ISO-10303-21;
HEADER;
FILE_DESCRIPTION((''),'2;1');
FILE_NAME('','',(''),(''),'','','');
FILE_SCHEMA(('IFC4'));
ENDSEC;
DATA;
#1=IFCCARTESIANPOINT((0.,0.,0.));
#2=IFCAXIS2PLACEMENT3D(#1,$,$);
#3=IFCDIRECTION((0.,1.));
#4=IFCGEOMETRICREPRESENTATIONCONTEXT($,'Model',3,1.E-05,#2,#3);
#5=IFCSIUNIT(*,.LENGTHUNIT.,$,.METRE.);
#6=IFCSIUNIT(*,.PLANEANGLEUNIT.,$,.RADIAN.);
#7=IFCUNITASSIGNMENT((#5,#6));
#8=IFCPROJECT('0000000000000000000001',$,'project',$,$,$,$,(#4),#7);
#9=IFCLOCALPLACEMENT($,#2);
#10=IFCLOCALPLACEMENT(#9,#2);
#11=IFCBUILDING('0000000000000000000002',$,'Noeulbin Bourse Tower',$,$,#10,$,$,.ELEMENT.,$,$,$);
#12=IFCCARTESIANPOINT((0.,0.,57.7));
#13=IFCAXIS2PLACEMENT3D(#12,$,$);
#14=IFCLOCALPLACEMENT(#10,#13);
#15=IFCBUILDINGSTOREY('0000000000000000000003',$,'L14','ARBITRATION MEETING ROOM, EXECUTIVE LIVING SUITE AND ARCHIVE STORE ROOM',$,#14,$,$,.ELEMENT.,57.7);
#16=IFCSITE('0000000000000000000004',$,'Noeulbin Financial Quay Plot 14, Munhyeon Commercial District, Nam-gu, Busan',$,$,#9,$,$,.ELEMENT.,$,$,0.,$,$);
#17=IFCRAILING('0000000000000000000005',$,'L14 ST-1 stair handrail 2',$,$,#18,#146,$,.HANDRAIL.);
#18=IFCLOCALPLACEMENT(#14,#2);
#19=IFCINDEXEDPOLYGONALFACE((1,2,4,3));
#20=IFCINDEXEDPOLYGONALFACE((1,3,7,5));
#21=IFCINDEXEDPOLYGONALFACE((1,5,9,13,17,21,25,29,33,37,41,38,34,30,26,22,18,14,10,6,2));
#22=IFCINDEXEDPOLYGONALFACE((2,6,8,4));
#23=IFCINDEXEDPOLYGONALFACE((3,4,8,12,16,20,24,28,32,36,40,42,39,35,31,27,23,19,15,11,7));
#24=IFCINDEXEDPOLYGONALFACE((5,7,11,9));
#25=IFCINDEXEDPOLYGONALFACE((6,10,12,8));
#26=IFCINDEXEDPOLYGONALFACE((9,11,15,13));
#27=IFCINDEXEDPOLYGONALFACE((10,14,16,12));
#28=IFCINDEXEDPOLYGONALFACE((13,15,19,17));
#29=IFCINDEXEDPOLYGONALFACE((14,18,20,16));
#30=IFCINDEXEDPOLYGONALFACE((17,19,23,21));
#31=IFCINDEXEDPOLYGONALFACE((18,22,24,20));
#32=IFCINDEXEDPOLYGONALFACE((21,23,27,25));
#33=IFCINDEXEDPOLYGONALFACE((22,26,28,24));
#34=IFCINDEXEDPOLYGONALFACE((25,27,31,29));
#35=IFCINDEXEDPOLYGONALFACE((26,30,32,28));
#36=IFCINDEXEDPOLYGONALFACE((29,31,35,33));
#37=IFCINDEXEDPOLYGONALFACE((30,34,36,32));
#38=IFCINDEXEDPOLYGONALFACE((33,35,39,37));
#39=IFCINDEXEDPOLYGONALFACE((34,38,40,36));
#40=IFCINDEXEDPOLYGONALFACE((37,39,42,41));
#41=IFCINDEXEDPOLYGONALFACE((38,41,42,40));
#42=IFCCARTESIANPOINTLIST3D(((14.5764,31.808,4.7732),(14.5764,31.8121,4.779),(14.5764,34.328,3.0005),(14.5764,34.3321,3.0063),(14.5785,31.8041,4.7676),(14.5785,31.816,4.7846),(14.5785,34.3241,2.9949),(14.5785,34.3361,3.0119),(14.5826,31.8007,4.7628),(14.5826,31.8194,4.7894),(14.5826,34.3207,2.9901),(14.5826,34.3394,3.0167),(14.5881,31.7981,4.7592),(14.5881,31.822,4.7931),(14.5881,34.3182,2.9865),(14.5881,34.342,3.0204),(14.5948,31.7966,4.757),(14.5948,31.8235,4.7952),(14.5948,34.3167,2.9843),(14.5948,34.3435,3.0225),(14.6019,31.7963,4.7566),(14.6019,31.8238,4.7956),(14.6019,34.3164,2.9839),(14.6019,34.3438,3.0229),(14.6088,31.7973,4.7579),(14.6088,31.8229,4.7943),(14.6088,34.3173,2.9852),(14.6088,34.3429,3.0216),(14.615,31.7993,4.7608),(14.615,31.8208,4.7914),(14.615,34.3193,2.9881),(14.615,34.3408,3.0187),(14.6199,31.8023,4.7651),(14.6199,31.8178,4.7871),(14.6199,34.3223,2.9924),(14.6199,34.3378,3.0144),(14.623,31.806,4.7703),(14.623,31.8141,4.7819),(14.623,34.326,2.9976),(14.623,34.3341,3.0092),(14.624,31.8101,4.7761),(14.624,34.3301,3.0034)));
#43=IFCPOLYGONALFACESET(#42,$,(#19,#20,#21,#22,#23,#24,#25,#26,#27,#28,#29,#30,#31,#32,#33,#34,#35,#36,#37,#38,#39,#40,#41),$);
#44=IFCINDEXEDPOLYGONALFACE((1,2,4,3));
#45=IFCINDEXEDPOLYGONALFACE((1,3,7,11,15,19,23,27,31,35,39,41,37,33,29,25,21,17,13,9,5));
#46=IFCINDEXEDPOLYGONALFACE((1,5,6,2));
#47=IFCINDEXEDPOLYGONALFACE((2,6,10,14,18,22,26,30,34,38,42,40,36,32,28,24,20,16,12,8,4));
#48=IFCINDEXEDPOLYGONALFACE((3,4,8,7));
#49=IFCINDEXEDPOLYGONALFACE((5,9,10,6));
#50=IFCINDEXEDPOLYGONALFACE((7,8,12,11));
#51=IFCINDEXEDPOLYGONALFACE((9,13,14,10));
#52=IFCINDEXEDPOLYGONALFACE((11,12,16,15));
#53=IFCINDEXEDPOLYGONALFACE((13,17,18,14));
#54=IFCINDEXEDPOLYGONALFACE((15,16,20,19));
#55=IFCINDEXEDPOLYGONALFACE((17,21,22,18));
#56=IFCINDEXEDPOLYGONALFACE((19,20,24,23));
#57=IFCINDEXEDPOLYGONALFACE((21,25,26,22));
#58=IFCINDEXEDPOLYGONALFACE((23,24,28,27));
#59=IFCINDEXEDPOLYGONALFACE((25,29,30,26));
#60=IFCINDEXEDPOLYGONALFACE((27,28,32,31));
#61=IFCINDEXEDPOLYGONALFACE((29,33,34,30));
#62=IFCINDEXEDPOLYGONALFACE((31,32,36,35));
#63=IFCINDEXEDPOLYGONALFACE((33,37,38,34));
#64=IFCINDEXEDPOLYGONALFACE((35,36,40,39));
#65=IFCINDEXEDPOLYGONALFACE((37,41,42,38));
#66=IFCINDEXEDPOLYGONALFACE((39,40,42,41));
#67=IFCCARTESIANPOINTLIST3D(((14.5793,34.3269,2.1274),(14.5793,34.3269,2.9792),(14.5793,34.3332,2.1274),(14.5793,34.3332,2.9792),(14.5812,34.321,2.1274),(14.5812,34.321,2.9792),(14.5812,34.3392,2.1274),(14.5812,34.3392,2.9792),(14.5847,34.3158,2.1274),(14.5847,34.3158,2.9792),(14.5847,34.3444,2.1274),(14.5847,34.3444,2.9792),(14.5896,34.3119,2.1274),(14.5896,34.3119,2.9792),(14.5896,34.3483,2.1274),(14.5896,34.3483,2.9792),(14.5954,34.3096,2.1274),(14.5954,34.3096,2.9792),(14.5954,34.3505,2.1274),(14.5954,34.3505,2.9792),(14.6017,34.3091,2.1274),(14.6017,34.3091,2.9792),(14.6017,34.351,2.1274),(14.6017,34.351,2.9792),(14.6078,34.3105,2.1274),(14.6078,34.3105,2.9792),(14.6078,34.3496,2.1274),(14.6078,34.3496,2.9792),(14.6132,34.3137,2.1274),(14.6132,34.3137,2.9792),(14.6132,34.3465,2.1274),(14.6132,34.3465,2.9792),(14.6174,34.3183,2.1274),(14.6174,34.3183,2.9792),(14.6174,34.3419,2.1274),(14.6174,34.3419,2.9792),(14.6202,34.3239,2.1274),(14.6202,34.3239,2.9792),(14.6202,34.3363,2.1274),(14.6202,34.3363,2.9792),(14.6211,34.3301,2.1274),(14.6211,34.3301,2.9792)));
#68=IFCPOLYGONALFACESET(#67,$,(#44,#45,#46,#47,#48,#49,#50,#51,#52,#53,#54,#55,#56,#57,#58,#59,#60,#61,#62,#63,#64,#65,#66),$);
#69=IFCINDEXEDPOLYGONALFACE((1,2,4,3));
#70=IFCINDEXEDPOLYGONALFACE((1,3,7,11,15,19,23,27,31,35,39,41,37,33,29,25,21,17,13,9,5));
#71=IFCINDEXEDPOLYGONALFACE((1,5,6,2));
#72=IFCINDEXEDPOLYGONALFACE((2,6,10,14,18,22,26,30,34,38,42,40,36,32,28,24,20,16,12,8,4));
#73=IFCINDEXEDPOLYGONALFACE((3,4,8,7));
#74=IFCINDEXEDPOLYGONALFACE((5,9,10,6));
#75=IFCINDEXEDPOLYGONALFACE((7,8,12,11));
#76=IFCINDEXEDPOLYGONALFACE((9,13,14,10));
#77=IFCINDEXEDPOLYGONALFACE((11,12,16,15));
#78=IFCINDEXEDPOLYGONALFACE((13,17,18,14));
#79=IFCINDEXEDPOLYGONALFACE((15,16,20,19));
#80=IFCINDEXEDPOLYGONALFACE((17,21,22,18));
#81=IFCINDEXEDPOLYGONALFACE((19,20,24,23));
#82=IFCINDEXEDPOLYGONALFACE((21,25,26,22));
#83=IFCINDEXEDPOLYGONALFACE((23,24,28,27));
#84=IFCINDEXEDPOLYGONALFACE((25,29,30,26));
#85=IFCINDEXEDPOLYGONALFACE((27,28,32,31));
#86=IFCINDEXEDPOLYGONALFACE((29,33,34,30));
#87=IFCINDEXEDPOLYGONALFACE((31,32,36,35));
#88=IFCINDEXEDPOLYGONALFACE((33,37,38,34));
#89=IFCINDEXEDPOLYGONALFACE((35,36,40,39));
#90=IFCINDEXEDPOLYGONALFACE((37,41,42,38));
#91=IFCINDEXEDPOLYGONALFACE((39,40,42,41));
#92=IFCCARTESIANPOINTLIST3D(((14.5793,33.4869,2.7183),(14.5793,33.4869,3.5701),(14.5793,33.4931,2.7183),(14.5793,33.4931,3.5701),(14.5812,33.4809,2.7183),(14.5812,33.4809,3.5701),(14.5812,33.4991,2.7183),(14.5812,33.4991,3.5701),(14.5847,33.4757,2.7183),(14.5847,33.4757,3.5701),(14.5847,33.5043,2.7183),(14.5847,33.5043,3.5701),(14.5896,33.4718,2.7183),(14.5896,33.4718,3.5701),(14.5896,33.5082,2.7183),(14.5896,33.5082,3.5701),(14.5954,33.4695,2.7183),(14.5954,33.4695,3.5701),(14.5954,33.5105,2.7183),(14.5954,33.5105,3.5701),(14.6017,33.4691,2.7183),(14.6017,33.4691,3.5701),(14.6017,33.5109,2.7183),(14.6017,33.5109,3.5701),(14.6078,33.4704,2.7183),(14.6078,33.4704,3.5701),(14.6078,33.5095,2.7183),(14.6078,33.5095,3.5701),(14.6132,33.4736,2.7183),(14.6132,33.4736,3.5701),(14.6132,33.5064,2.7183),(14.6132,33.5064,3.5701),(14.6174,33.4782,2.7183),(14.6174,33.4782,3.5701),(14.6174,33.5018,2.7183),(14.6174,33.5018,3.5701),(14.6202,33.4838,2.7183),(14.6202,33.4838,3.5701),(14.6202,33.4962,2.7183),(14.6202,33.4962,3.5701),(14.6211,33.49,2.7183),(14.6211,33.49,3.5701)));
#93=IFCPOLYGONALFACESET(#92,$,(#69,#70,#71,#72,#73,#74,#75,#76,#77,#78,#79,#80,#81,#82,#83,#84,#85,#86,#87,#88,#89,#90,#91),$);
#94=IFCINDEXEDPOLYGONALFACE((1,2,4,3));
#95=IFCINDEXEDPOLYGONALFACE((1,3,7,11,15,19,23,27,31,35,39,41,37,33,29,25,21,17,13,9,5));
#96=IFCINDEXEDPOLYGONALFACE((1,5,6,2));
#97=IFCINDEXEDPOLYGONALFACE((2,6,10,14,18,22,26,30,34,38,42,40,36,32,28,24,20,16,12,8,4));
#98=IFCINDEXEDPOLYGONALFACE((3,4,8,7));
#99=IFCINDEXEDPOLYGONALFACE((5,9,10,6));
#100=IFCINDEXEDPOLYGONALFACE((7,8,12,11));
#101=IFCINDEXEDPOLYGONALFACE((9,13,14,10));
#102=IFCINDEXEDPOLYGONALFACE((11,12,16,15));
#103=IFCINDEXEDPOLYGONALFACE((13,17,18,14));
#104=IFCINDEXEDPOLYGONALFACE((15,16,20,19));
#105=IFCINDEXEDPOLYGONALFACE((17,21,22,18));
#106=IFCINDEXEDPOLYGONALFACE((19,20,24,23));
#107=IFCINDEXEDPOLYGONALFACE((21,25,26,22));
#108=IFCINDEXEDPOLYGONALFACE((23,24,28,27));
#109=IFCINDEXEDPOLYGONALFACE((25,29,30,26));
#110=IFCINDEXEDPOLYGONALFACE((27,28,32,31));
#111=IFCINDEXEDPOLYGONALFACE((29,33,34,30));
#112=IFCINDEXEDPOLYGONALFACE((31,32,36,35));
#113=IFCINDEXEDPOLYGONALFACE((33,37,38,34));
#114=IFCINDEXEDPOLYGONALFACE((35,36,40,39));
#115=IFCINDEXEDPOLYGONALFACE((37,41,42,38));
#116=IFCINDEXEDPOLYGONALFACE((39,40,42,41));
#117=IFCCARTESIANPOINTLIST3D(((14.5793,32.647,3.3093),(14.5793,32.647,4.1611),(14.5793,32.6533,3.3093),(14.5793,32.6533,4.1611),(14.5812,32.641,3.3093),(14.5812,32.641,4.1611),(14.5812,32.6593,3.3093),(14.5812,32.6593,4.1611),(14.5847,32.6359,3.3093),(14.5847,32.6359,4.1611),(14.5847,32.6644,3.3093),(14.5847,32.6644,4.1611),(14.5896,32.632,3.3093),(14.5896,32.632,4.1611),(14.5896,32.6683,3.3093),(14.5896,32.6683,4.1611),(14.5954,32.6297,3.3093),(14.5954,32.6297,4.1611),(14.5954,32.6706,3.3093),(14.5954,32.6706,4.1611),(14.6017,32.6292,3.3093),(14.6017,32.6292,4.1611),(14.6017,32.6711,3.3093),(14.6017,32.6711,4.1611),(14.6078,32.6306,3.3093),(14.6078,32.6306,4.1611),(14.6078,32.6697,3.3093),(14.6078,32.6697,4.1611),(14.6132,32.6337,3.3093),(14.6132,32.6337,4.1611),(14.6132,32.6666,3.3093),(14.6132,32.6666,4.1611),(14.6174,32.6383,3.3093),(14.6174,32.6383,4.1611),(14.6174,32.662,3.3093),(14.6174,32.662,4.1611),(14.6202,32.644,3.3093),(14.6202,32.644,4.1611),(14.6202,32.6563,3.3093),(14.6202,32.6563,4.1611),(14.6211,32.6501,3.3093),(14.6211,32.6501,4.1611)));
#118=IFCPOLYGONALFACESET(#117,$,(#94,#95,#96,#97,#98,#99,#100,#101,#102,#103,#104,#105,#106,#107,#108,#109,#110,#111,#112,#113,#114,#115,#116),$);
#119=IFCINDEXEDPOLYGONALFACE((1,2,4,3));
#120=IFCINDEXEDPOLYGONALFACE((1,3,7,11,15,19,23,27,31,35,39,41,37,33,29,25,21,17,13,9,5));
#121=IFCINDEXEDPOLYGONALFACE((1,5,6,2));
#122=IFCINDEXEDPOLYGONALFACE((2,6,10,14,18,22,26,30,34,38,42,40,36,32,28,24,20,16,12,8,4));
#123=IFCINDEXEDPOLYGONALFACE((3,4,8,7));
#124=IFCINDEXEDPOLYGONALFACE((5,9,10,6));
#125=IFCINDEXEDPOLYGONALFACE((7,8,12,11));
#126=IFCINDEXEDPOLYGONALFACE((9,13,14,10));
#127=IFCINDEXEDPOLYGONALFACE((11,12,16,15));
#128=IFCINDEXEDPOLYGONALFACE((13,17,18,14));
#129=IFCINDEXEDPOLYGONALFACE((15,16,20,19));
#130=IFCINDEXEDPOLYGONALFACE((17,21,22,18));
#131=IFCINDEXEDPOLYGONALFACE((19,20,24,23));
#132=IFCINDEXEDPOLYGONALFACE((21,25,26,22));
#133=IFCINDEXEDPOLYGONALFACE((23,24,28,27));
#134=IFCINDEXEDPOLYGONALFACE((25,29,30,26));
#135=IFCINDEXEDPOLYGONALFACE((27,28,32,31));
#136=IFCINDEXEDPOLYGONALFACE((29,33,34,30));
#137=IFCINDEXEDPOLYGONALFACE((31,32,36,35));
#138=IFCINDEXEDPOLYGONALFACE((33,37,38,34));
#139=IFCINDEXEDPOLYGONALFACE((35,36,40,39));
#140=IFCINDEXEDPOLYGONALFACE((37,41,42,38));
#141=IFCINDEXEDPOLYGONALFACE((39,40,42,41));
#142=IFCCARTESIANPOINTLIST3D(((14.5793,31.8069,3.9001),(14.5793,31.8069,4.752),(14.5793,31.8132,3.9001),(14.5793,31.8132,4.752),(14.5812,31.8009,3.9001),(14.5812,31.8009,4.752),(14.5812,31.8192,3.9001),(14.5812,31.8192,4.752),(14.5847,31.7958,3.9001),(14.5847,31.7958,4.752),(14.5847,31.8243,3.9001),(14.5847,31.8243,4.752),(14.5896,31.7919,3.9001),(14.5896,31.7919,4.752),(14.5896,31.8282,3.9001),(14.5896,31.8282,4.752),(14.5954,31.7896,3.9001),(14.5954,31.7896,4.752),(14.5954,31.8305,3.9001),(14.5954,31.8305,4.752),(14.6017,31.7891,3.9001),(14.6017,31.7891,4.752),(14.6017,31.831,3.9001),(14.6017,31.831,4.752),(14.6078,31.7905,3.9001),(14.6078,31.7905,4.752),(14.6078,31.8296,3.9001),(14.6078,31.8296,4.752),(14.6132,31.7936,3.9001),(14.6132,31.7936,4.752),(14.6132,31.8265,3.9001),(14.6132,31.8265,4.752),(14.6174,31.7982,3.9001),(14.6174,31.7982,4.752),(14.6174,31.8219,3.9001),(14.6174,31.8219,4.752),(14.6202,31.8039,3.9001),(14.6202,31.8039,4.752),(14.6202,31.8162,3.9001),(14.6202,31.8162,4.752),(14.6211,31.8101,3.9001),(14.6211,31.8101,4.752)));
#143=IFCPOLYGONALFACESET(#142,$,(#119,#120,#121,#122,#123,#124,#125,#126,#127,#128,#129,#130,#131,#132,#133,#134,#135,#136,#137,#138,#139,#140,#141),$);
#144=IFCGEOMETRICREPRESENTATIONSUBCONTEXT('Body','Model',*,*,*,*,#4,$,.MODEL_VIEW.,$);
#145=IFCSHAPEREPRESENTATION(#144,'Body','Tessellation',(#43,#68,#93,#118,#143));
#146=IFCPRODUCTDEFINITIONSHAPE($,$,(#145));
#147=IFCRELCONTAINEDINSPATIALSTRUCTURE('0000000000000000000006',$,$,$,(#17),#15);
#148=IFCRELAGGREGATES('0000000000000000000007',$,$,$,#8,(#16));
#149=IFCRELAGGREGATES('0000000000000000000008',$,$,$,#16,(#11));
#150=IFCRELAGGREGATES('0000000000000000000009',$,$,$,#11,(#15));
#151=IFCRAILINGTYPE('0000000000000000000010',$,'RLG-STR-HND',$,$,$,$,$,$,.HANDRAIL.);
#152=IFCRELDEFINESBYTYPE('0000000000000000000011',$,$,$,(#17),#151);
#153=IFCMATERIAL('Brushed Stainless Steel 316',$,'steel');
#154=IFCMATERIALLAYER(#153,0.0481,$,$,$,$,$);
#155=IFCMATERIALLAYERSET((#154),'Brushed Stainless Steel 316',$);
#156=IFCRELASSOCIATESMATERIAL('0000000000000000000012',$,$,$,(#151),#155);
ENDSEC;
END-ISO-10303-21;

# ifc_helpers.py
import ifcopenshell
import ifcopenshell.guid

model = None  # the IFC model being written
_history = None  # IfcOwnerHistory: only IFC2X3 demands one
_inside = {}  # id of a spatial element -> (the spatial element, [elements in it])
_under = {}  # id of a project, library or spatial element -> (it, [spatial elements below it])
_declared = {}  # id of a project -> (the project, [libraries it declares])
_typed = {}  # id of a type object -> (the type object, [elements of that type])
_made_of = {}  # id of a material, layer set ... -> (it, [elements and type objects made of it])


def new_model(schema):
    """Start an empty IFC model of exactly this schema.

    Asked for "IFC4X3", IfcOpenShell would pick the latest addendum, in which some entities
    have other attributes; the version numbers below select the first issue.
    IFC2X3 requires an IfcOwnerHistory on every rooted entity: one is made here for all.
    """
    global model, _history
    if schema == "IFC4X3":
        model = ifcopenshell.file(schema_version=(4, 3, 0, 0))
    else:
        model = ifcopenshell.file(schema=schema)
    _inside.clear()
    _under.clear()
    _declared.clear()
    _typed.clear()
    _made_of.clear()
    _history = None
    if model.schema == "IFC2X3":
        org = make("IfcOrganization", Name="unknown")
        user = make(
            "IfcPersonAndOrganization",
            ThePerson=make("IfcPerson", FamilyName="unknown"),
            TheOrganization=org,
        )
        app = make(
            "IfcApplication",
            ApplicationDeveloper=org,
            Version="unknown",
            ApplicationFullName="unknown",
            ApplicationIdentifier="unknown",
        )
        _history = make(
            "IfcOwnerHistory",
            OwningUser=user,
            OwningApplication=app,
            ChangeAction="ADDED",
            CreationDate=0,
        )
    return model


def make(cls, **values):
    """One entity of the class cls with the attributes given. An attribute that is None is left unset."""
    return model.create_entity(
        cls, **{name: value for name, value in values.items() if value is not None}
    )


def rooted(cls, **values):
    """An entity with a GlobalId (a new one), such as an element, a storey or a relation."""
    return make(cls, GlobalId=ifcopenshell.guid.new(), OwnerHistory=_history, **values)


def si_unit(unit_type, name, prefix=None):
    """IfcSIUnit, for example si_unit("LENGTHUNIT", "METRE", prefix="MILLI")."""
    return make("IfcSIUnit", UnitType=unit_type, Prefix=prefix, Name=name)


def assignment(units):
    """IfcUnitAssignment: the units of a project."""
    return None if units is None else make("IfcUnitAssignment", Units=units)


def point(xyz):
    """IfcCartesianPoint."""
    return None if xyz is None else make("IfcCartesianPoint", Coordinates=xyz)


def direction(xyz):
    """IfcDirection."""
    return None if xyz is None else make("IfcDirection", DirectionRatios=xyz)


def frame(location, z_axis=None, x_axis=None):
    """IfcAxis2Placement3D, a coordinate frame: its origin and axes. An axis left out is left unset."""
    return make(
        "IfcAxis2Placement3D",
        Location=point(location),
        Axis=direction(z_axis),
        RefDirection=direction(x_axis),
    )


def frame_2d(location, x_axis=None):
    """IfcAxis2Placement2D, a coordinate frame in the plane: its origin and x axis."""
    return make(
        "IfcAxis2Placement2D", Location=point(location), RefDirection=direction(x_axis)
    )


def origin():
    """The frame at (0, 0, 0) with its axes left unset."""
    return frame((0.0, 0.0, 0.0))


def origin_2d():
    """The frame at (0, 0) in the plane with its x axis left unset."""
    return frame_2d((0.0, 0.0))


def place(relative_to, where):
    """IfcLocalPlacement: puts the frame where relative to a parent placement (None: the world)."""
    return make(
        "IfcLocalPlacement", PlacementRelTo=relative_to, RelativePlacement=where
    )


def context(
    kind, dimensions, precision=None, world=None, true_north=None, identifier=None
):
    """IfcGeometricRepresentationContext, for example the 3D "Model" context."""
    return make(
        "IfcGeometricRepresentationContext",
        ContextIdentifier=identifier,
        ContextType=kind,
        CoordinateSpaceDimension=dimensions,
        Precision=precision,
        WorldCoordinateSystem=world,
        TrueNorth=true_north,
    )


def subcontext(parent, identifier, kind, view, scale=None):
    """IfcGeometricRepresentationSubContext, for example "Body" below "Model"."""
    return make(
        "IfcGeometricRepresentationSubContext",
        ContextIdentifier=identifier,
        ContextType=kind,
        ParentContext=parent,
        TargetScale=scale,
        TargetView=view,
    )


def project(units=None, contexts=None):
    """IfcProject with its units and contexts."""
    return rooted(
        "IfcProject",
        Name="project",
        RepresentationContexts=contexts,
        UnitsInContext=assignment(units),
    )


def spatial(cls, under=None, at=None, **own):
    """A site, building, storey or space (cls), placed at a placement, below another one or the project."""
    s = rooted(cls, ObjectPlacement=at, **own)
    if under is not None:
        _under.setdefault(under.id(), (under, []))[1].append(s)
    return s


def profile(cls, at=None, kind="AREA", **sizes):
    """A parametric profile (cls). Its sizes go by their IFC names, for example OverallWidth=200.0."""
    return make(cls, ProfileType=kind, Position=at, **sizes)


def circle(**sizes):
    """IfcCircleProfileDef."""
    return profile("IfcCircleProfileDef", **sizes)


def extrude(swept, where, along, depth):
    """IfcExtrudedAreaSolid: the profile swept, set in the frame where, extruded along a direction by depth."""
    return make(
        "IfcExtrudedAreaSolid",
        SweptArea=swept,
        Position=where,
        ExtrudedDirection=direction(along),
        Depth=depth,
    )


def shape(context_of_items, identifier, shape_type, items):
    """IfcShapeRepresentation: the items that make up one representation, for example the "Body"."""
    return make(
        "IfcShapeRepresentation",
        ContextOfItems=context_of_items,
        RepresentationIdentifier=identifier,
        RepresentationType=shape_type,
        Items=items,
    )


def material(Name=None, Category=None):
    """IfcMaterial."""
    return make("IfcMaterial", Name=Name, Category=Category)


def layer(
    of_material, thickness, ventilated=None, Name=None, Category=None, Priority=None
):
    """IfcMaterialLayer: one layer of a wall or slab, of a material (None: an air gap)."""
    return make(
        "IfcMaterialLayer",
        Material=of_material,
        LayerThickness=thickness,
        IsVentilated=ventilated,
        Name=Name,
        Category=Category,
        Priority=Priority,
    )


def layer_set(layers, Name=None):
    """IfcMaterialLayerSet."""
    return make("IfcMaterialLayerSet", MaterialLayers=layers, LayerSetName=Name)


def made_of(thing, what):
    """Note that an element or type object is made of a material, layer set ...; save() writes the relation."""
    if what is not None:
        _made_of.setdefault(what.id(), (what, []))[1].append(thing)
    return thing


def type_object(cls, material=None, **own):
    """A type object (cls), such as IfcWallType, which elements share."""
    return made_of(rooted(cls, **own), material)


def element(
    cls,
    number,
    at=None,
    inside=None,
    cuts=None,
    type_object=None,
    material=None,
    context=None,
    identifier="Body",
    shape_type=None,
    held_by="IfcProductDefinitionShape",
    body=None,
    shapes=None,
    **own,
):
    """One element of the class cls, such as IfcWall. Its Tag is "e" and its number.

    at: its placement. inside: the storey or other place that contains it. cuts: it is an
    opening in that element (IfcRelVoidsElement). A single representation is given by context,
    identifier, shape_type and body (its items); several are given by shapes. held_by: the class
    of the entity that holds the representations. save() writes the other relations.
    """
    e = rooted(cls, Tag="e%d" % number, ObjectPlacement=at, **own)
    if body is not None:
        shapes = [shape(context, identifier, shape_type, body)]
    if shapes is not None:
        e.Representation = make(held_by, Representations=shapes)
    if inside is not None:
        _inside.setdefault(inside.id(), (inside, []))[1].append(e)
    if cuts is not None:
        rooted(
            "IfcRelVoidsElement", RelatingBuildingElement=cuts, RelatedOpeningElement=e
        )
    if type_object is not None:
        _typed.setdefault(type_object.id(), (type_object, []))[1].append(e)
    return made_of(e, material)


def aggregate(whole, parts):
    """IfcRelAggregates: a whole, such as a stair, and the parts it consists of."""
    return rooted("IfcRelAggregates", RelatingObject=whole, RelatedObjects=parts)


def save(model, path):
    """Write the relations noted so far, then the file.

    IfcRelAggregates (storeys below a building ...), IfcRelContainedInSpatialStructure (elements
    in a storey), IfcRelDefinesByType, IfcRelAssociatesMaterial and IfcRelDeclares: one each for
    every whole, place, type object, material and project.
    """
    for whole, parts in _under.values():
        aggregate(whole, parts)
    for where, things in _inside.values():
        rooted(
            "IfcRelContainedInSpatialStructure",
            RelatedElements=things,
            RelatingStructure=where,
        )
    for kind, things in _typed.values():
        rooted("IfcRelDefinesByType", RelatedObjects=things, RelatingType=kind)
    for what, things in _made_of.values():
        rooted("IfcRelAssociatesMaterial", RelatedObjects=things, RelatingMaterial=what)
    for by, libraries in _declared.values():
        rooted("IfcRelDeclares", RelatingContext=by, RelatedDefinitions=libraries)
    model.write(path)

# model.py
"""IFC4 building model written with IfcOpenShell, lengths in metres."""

from ifc_helpers import new_model, si_unit, direction, frame, origin, origin_2d, place, context, subcontext, project, spatial, circle, extrude, material, layer, layer_set, type_object, element, save


model = new_model("IFC4")

# Units and contexts
model_context = context("Model", 3, precision=1e-05, world=origin(), true_north=direction((0.0, 1.0)))
body_context = subcontext(model_context, "Body", "Model", "MODEL_VIEW")
ifc_project = project(units=[si_unit("LENGTHUNIT", "METRE"), si_unit("PLANEANGLEUNIT", "RADIAN")], contexts=[model_context])

# Site, building, storey
site_placement = place(None, origin())
site = spatial("IfcSite", under=ifc_project, at=site_placement, Name="Noeulbin Financial Quay Plot 14, Munhyeon Commercial District, Nam-gu, Busan", CompositionType="ELEMENT", RefElevation=0.0)
building_placement = place(site_placement, origin())
building = spatial("IfcBuilding", under=site, at=building_placement, Name="Noeulbin Bourse Tower", CompositionType="ELEMENT")
storey_placement = place(building_placement, frame((0.0, 0.0, 57.7)))
storey = spatial("IfcBuildingStorey", under=building, at=storey_placement, Name="L14", Description="ARBITRATION MEETING ROOM, EXECUTIVE LIVING SUITE AND ARCHIVE STORE ROOM", CompositionType="ELEMENT", Elevation=57.7)

# Shared definitions
ifc_material_1 = material(Name="Brushed Stainless Steel 316", Category="steel")

# Railing
ifc_layer_1 = layer(ifc_material_1, 0.0481)
ifc_layer_set_1 = layer_set([ifc_layer_1], Name="Brushed Stainless Steel 316")
railing_type_1 = type_object("IfcRailingType", Name="RLG-STR-HND", PredefinedType="HANDRAIL", material=ifc_layer_set_1)
railing_1_placement = place(storey_placement, frame((14.6001, 34.3301, 2.1274)))
element("IfcRailing", 1, at=railing_1_placement, inside=storey, type_object=railing_type_1, Name="L14 ST-1 stair handrail 2", PredefinedType="HANDRAIL", context=body_context, shape_type="SweptSolid", body=[
    extrude(circle(Radius=0.0239, at=origin_2d()), frame((0.0, 0.0, 0.876), z_axis=(0.0, -0.817904, 0.575354), x_axis=(1.0, 0.0, 0.0)), (0.0, 0.0, 1.0), 3.0811),
    extrude(circle(Radius=0.021, at=origin_2d()), origin(), (0.0, 0.0, 1.0), 0.8518),
    extrude(circle(Radius=0.021, at=origin_2d()), frame((0.0, -0.8401, 0.5908)), (0.0, 0.0, 1.0), 0.8518),
    extrude(circle(Radius=0.021, at=origin_2d()), frame((0.0, -1.6799, 1.1819)), (0.0, 0.0, 1.0), 0.8518),
    extrude(circle(Radius=0.021, at=origin_2d()), frame((0.0, -2.52, 1.7727)), (0.0, 0.0, 1.0), 0.8518),
])

save(model, "model.ifc")
